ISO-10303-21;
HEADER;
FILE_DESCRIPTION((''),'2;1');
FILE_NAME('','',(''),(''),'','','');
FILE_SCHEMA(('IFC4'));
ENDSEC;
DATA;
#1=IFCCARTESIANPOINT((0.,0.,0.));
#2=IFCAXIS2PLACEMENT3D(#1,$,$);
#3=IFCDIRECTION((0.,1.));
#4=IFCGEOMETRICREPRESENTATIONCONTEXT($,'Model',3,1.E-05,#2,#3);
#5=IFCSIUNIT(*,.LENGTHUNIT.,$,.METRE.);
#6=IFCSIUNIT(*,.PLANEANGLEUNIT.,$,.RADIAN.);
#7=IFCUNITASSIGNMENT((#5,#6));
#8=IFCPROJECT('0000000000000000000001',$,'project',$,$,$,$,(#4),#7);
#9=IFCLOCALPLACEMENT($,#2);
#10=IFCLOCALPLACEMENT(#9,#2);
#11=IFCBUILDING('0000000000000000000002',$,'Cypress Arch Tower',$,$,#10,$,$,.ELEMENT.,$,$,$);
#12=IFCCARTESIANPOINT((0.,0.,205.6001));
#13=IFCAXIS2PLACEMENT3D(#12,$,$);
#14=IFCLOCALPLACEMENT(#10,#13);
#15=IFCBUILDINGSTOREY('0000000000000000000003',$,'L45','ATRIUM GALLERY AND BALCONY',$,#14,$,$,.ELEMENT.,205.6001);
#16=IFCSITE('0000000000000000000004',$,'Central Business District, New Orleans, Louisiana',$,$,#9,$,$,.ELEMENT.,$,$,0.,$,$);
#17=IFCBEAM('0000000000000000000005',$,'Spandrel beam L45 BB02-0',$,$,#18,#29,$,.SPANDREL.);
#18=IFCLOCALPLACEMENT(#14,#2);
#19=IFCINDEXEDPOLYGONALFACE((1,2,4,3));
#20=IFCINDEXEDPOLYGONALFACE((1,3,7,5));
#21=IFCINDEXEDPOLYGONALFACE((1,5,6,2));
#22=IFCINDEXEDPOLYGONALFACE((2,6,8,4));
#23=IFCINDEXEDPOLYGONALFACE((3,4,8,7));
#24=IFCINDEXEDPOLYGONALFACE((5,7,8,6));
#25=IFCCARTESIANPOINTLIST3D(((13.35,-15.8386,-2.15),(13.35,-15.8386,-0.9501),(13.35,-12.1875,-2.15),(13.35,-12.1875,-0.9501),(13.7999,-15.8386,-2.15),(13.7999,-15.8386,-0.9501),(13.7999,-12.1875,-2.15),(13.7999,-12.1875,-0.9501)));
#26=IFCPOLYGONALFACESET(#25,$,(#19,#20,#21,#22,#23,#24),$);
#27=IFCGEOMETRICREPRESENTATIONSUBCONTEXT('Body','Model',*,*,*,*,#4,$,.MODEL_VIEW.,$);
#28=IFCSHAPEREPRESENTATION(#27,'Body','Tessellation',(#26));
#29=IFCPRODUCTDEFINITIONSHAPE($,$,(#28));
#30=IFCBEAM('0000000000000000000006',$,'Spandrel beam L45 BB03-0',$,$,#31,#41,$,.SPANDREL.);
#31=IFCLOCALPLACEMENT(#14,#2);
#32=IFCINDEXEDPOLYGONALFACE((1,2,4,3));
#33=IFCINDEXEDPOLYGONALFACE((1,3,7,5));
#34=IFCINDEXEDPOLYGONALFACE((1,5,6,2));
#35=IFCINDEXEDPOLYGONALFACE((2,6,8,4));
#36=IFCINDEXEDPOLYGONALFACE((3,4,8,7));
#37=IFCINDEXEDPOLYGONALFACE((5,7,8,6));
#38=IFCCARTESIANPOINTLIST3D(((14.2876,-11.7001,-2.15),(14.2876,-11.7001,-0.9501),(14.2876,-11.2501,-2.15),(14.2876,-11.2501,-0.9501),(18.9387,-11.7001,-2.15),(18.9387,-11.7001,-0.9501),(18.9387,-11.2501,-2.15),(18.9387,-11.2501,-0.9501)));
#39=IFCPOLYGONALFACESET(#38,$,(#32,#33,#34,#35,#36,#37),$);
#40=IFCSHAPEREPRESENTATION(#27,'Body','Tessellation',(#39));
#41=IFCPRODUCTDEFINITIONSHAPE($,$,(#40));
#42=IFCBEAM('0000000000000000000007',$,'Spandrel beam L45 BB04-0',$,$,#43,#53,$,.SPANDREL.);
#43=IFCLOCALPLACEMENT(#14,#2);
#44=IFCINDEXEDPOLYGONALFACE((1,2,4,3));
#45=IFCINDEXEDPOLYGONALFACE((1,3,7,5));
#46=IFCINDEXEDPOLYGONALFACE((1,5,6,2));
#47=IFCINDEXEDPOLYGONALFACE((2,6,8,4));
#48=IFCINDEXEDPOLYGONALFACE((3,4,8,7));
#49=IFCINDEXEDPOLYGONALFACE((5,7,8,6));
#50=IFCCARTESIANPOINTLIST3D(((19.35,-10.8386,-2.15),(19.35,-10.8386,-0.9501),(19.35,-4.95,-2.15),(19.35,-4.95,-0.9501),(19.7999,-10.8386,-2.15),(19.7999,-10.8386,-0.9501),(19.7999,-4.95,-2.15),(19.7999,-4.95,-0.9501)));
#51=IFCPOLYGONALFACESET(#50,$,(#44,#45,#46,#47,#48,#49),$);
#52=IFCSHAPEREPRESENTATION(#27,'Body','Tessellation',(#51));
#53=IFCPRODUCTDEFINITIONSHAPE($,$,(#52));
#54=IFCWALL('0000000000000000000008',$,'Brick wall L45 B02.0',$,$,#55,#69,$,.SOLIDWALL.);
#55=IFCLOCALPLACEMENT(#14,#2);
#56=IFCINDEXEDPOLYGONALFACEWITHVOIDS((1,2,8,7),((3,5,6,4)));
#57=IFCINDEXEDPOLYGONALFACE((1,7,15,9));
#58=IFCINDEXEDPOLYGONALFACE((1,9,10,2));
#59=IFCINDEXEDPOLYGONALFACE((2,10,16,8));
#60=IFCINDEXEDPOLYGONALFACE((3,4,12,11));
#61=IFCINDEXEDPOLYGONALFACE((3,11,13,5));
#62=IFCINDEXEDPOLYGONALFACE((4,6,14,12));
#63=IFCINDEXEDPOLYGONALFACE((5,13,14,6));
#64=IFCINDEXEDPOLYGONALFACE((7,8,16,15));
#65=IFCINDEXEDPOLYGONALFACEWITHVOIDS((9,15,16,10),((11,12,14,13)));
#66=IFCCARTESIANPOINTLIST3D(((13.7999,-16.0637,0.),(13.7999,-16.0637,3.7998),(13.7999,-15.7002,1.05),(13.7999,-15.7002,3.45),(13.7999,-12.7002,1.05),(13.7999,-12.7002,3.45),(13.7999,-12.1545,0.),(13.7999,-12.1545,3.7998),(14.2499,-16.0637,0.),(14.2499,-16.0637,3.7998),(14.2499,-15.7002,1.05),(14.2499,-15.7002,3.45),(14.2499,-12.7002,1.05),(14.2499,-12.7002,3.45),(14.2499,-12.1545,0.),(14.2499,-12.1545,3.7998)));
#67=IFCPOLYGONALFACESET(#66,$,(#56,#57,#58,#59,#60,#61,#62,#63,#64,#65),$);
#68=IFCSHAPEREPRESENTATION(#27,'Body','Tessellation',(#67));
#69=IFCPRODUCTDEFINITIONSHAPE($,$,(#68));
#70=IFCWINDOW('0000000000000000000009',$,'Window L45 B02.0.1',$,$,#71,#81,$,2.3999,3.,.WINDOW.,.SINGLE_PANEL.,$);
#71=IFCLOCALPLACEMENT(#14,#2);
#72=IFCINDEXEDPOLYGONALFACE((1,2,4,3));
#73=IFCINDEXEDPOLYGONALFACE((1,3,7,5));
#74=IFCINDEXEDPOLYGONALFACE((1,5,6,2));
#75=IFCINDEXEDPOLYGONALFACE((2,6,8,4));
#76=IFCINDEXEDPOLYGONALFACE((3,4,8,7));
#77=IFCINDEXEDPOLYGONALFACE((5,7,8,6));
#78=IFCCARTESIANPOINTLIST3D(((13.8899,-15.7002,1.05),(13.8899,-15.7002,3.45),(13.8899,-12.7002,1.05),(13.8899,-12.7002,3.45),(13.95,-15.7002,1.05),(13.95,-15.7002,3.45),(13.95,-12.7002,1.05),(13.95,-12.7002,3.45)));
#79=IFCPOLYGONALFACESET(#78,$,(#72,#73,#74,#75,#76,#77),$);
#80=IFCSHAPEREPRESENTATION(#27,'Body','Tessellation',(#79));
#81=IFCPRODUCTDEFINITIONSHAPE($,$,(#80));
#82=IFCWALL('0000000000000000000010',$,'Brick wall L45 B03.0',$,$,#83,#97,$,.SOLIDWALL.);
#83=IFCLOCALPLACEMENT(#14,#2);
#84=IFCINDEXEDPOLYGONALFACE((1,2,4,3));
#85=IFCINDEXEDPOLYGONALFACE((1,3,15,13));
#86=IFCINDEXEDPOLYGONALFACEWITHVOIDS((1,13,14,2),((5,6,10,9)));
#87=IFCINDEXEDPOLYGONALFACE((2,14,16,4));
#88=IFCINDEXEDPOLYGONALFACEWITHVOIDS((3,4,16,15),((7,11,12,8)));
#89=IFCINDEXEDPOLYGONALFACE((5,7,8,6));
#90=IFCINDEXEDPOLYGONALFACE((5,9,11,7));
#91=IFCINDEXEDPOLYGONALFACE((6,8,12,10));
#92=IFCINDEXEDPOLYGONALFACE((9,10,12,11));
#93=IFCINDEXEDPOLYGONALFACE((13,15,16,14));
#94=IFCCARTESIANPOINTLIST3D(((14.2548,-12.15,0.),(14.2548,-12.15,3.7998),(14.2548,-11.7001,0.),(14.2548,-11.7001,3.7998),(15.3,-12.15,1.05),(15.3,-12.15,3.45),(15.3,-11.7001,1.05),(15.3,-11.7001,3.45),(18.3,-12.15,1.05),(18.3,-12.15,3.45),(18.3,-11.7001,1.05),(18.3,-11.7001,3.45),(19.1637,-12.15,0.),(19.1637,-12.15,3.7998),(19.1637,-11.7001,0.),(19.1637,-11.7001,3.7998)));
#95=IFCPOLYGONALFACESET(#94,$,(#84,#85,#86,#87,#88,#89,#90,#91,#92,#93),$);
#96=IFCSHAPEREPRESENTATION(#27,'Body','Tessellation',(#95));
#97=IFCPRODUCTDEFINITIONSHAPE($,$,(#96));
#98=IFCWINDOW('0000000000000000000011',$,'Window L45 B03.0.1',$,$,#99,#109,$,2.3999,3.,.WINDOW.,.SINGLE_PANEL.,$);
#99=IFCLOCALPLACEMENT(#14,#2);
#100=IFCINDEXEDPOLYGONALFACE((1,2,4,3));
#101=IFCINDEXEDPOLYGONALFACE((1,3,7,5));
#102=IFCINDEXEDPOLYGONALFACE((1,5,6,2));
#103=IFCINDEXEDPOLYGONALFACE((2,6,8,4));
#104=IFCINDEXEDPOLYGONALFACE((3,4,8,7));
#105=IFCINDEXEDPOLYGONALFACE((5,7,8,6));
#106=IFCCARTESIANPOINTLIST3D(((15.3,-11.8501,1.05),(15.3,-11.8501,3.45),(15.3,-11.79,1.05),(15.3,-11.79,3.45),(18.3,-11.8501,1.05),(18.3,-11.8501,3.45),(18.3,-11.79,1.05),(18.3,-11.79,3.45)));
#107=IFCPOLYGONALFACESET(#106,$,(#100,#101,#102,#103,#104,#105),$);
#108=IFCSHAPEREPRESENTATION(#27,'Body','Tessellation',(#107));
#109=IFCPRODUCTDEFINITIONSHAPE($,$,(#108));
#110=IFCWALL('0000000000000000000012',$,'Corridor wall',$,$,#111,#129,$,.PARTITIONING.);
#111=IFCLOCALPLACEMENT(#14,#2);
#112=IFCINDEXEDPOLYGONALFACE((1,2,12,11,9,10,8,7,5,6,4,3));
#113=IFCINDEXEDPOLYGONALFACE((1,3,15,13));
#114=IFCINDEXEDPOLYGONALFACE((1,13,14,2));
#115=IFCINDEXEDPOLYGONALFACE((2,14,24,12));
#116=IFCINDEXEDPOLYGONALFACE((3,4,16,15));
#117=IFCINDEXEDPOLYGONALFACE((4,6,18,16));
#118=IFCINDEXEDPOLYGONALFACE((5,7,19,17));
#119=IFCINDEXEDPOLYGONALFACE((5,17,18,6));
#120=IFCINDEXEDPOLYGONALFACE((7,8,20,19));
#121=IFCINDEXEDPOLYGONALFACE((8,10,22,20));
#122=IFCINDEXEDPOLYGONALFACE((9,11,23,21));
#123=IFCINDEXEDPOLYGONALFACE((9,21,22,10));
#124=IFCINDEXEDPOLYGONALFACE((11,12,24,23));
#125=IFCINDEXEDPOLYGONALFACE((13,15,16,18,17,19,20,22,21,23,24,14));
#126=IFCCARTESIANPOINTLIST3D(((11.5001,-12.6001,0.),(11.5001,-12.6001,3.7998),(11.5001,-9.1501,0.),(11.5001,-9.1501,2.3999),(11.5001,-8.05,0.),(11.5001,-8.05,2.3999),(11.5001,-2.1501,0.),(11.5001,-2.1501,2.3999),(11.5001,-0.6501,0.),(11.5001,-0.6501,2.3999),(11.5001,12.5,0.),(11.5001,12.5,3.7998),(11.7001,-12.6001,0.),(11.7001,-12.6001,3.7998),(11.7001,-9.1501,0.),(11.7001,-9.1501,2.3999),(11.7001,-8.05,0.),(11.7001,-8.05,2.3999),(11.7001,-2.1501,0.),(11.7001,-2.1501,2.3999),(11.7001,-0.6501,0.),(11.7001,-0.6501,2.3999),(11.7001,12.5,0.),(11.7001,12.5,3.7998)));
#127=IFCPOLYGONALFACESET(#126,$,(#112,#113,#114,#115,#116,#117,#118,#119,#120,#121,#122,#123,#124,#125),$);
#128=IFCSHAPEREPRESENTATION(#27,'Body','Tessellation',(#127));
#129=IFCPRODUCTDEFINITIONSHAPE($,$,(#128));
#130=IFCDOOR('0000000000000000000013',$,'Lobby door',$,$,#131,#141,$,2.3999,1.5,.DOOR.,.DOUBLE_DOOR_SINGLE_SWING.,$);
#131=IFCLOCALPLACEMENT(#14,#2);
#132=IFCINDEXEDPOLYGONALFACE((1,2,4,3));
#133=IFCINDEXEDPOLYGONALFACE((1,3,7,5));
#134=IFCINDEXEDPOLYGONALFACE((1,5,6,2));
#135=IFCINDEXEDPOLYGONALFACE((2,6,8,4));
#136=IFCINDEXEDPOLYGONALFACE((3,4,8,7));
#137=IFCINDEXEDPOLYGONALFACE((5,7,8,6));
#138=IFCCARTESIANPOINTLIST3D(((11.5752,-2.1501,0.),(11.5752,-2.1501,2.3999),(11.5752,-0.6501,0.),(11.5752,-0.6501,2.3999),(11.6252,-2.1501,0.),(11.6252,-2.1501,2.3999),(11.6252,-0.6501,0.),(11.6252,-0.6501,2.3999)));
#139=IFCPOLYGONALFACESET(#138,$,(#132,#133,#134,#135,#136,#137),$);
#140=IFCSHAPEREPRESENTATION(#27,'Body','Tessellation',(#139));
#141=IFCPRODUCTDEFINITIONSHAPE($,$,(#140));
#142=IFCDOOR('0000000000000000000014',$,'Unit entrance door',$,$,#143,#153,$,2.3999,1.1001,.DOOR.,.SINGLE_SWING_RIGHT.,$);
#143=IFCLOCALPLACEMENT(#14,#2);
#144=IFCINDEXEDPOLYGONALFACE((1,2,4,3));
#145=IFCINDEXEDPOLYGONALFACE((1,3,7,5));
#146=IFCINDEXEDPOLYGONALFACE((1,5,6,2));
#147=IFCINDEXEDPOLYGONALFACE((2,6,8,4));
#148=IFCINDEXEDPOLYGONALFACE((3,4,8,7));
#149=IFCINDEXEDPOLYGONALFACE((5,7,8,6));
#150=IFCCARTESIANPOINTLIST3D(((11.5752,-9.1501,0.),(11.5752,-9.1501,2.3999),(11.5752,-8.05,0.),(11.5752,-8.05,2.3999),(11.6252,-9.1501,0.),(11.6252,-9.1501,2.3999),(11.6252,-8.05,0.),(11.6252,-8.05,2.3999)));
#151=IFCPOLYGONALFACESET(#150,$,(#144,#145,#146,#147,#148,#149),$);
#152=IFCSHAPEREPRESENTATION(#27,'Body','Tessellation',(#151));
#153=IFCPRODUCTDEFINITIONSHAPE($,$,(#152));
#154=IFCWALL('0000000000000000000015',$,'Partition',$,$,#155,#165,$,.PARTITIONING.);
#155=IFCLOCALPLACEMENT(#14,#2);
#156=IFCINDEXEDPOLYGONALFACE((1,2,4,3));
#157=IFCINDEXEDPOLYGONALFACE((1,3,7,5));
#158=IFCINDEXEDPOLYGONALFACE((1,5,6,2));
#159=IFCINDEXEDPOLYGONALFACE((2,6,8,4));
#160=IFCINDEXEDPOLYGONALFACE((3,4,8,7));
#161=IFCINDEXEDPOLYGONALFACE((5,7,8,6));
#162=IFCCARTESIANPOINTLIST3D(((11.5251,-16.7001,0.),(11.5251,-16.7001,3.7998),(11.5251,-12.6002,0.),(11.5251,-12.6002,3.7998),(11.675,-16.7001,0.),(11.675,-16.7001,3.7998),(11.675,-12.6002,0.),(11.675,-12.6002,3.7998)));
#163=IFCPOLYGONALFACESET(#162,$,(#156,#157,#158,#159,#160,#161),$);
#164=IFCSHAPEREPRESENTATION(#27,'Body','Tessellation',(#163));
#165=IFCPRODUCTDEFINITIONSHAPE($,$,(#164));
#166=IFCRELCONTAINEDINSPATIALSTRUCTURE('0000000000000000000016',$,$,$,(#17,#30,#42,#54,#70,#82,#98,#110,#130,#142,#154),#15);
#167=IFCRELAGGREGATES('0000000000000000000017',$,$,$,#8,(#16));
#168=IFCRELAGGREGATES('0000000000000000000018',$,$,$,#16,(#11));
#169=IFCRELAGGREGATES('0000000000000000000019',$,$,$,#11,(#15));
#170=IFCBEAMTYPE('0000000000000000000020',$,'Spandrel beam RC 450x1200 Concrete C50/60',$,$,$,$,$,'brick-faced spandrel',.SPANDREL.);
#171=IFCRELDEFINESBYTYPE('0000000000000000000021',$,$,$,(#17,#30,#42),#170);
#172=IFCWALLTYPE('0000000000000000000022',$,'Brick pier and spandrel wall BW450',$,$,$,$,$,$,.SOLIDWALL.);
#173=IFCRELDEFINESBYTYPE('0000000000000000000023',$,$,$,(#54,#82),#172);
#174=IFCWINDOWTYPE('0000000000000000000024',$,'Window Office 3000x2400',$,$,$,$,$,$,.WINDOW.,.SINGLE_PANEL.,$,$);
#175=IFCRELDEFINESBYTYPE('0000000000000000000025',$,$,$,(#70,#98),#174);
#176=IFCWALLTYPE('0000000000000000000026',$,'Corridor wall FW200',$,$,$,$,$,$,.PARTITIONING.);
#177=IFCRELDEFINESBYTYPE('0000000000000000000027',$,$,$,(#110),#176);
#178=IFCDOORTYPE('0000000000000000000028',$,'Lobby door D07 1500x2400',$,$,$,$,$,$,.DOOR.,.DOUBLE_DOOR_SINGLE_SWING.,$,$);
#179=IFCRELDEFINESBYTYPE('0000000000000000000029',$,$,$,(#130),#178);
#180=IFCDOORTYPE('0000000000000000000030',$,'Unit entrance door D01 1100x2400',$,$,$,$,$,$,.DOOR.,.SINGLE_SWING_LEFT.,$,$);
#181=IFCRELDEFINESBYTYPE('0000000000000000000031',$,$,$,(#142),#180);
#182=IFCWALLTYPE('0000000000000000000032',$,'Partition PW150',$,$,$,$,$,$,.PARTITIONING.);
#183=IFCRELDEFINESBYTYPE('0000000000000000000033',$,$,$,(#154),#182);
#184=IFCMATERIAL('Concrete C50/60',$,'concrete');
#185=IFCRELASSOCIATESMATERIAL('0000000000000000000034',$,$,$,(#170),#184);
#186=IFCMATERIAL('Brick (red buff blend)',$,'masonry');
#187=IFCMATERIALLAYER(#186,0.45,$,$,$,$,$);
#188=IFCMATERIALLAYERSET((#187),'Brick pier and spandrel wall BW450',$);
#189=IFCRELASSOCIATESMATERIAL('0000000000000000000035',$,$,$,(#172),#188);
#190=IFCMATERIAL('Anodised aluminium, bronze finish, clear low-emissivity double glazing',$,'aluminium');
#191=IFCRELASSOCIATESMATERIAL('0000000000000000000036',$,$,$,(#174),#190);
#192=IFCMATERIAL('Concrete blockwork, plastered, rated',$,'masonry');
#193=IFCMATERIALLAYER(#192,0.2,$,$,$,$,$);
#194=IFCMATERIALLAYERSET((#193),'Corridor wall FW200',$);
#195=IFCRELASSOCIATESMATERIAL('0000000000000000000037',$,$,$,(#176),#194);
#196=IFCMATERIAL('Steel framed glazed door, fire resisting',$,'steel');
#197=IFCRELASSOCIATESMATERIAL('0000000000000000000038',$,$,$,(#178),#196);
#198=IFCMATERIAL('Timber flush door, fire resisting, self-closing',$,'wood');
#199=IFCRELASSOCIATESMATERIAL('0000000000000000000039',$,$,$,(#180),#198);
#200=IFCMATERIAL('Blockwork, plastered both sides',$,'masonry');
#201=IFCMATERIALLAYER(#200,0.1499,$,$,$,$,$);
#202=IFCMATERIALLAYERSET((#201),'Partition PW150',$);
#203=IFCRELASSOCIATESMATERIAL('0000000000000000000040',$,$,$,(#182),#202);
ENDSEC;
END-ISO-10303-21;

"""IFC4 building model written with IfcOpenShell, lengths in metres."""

from ifc_helpers import new_model, si_unit, direction, frame, frame_2d, origin, origin_2d, place, context, subcontext, project, spatial, rectangle, extrude, material, layer, layer_set, material_profile, profile_set, type_object, element, fill, save


model = new_model("IFC4")

# Units and contexts
model_context = context("Model", 3, precision=1e-05, world=origin(), true_north=direction((0.0, 1.0)))
body_context = subcontext(model_context, "Body", "Model", "MODEL_VIEW")
ifc_project = project(units=[si_unit("LENGTHUNIT", "METRE"), si_unit("PLANEANGLEUNIT", "RADIAN")], contexts=[model_context])

# Site, building, storey
site_placement = place(None, origin())
site = spatial("IfcSite", under=ifc_project, at=site_placement, Name="Central Business District, New Orleans, Louisiana", CompositionType="ELEMENT", RefElevation=0.0)
building_placement = place(site_placement, origin())
building = spatial("IfcBuilding", under=site, at=building_placement, Name="Cypress Arch Tower", CompositionType="ELEMENT")
storey_placement = place(building_placement, frame((0.0, 0.0, 205.6001)))
storey = spatial("IfcBuildingStorey", under=building, at=storey_placement, Name="L45", Description="ATRIUM GALLERY AND BALCONY", CompositionType="ELEMENT", Elevation=205.6001)

# Beams
ifc_material_1 = material(Name="Concrete C50/60", Category="concrete")
ifc_material_profile_1 = material_profile(ifc_material_1, rectangle(XDim=0.45, YDim=1.2, at=origin_2d()), Name="RC 450x1200")
ifc_profile_set_1 = profile_set([ifc_material_profile_1], Name="Concrete C50/60")
beam_type_1 = type_object("IfcBeamType", Name="Spandrel beam RC 450x1200 Concrete C50/60", ElementType="brick-faced spandrel", PredefinedType="SPANDREL", material=ifc_profile_set_1)
beam_1_placement = place(storey_placement, frame((13.575, -15.8386, -1.55), z_axis=(0.0, 1.0, 0.0), x_axis=(-1.0, 0.0, 0.0)))
element("IfcBeam", 1, at=beam_1_placement, inside=storey, type_object=beam_type_1, Name="Spandrel beam L45 BB02-0", PredefinedType="SPANDREL", context=body_context, shape_type="SweptSolid", body=[
    extrude(rectangle(XDim=0.45, YDim=1.2, at=origin_2d()), origin(), (0.0, 0.0, 1.0), 3.6511),
])
beam_2_placement = place(storey_placement, frame((14.2876, -11.4751, -1.55), z_axis=(1.0, 0.0, 0.0), x_axis=(0.0, 1.0, 0.0)))
element("IfcBeam", 2, at=beam_2_placement, inside=storey, type_object=beam_type_1, Name="Spandrel beam L45 BB03-0", PredefinedType="SPANDREL", context=body_context, shape_type="SweptSolid", body=[
    extrude(rectangle(XDim=0.45, YDim=1.2, at=origin_2d()), origin(), (0.0, 0.0, 1.0), 4.6511),
])
beam_3_placement = place(storey_placement, frame((19.575, -10.8386, -1.55), z_axis=(0.0, 1.0, 0.0), x_axis=(-1.0, 0.0, 0.0)))
element("IfcBeam", 3, at=beam_3_placement, inside=storey, type_object=beam_type_1, Name="Spandrel beam L45 BB04-0", PredefinedType="SPANDREL", context=body_context, shape_type="SweptSolid", body=[
    extrude(rectangle(XDim=0.45, YDim=1.2, at=origin_2d()), origin(), (0.0, 0.0, 1.0), 5.8887),
])

# Walls, openings, windows
ifc_material_2 = material(Name="Brick (red buff blend)", Category="masonry")
ifc_layer_1 = layer(ifc_material_2, 0.45)
ifc_layer_set_1 = layer_set([ifc_layer_1], Name="Brick pier and spandrel wall BW450")
wall_type_1 = type_object("IfcWallType", Name="Brick pier and spandrel wall BW450", PredefinedType="SOLIDWALL", material=ifc_layer_set_1)
wall_1_placement = place(storey_placement, frame((14.0249, -16.0637, 0.0), z_axis=(0.0, 0.0, 1.0), x_axis=(0.0, 1.0, 0.0)))
wall_1 = element("IfcWall", 4, at=wall_1_placement, inside=storey, type_object=wall_type_1, Name="Brick wall L45 B02.0", PredefinedType="SOLIDWALL", context=body_context, shape_type="SweptSolid", body=[
    extrude(rectangle(XDim=3.9092, YDim=0.45, at=frame_2d((1.9546, 0.0))), origin(), (0.0, 0.0, 1.0), 3.7998),
])
opening_1_placement = place(wall_1_placement, frame((0.3635, 0.0, 1.05)))
opening_1 = element("IfcOpeningElement", 5, at=opening_1_placement, cuts=wall_1, PredefinedType="OPENING", context=body_context, shape_type="SweptSolid", body=[
    extrude(rectangle(XDim=3.0, YDim=2.3999, at=frame_2d((1.5, 1.2))), frame((0.0, 0.2349, 0.0), z_axis=(0.0, -1.0, 0.0), x_axis=(1.0, 0.0, 0.0)), (0.0, 0.0, 1.0), 0.47),
])
ifc_material_3 = material(Name="Anodised aluminium, bronze finish, clear low-emissivity double glazing", Category="aluminium")
window_type = type_object("IfcWindowType", Name="Window Office 3000x2400", PartitioningType="SINGLE_PANEL", PredefinedType="WINDOW", material=ifc_material_3)
window_1_placement = place(opening_1_placement, origin())
window_1 = element("IfcWindow", 6, at=window_1_placement, inside=storey, type_object=window_type, Name="Window L45 B02.0.1", OverallHeight=2.3999, OverallWidth=3.0, PartitioningType="SINGLE_PANEL", PredefinedType="WINDOW", context=body_context, shape_type="SweptSolid", body=[
    extrude(rectangle(XDim=3.0, YDim=2.3999, at=frame_2d((1.5, 1.2))), frame((0.0, 0.135, 0.0), z_axis=(0.0, -1.0, 0.0), x_axis=(1.0, 0.0, 0.0)), (0.0, 0.0, 1.0), 0.0601),
])
fill(opening_1, window_1)
wall_2_placement = place(storey_placement, frame((14.2546, -11.925, 0.0), z_axis=(0.0, 0.0, 1.0), x_axis=(1.0, 0.0, 0.0)))
wall_2 = element("IfcWall", 7, at=wall_2_placement, inside=storey, type_object=wall_type_1, Name="Brick wall L45 B03.0", PredefinedType="SOLIDWALL", context=body_context, shape_type="SweptSolid", body=[
    extrude(rectangle(XDim=4.9089, YDim=0.45, at=frame_2d((2.4546, 0.0))), origin(), (0.0, 0.0, 1.0), 3.7998),
])
opening_2_placement = place(wall_2_placement, frame((1.0454, 0.0, 1.05)))
opening_2 = element("IfcOpeningElement", 8, at=opening_2_placement, cuts=wall_2, PredefinedType="OPENING", context=body_context, shape_type="SweptSolid", body=[
    extrude(rectangle(XDim=3.0, YDim=2.3999, at=frame_2d((1.5, 1.2))), frame((0.0, 0.2349, 0.0), z_axis=(0.0, -1.0, 0.0), x_axis=(1.0, 0.0, 0.0)), (0.0, 0.0, 1.0), 0.47),
])
window_2_placement = place(opening_2_placement, origin())
window_2 = element("IfcWindow", 9, at=window_2_placement, inside=storey, type_object=window_type, Name="Window L45 B03.0.1", OverallHeight=2.3999, OverallWidth=3.0, PartitioningType="SINGLE_PANEL", PredefinedType="WINDOW", context=body_context, shape_type="SweptSolid", body=[
    extrude(rectangle(XDim=3.0, YDim=2.3999, at=frame_2d((1.5, 1.2))), frame((0.0, 0.135, 0.0), z_axis=(0.0, -1.0, 0.0), x_axis=(1.0, 0.0, 0.0)), (0.0, 0.0, 1.0), 0.0601),
])
fill(opening_2, window_2)

# Wall, openings, doors
ifc_material_4 = material(Name="Concrete blockwork, plastered, rated", Category="masonry")
ifc_layer_2 = layer(ifc_material_4, 0.2)
ifc_layer_set_2 = layer_set([ifc_layer_2], Name="Corridor wall FW200")
wall_type_2 = type_object("IfcWallType", Name="Corridor wall FW200", PredefinedType="PARTITIONING", material=ifc_layer_set_2)
wall_3_placement = place(storey_placement, frame((11.6001, -12.6001, 0.0), z_axis=(0.0, 0.0, 1.0), x_axis=(0.0, 1.0, 0.0)))
wall_3 = element("IfcWall", 10, at=wall_3_placement, inside=storey, type_object=wall_type_2, Name="Corridor wall", PredefinedType="PARTITIONING", context=body_context, shape_type="SweptSolid", body=[
    extrude(rectangle(XDim=25.1001, YDim=0.2, at=frame_2d((12.55, 0.0))), origin(), (0.0, 0.0, 1.0), 3.7998),
])
opening_3_placement = place(wall_3_placement, frame((10.45, 0.0, 0.0)))
opening_3 = element("IfcOpeningElement", 11, at=opening_3_placement, cuts=wall_3, PredefinedType="OPENING", context=body_context, shape_type="SweptSolid", body=[
    extrude(rectangle(XDim=1.5, YDim=2.3999, at=frame_2d((0.75, 1.2))), frame((0.0, 0.1099, 0.0), z_axis=(0.0, -1.0, 0.0), x_axis=(1.0, 0.0, 0.0)), (0.0, 0.0, 1.0), 0.22),
])
opening_4_placement = place(wall_3_placement, frame((3.45, 0.0, 0.0)))
opening_4 = element("IfcOpeningElement", 12, at=opening_4_placement, cuts=wall_3, PredefinedType="OPENING", context=body_context, shape_type="SweptSolid", body=[
    extrude(rectangle(XDim=1.1001, YDim=2.3999, at=frame_2d((0.55, 1.2))), frame((0.0, 0.1099, 0.0), z_axis=(0.0, -1.0, 0.0), x_axis=(1.0, 0.0, 0.0)), (0.0, 0.0, 1.0), 0.22),
])
ifc_material_5 = material(Name="Steel framed glazed door, fire resisting", Category="steel")
door_type_1 = type_object("IfcDoorType", Name="Lobby door D07 1500x2400", OperationType="DOUBLE_DOOR_SINGLE_SWING", PredefinedType="DOOR", material=ifc_material_5)
door_1_placement = place(opening_3_placement, origin())
door_1 = element("IfcDoor", 13, at=door_1_placement, inside=storey, type_object=door_type_1, Name="Lobby door", OperationType="DOUBLE_DOOR_SINGLE_SWING", OverallHeight=2.3999, OverallWidth=1.5, PredefinedType="DOOR", context=body_context, shape_type="SweptSolid", body=[
    extrude(rectangle(XDim=1.5, YDim=2.3999, at=frame_2d((0.75, 1.2))), frame((0.0, 0.0249, 0.0), z_axis=(0.0, -1.0, 0.0), x_axis=(1.0, 0.0, 0.0)), (0.0, 0.0, 1.0), 0.05),
])
fill(opening_3, door_1)
ifc_material_6 = material(Name="Timber flush door, fire resisting, self-closing", Category="wood")
door_type_2 = type_object("IfcDoorType", Name="Unit entrance door D01 1100x2400", OperationType="SINGLE_SWING_LEFT", PredefinedType="DOOR", material=ifc_material_6)
door_2_placement = place(opening_4_placement, origin())
door_2 = element("IfcDoor", 14, at=door_2_placement, inside=storey, type_object=door_type_2, Name="Unit entrance door", OperationType="SINGLE_SWING_RIGHT", OverallHeight=2.3999, OverallWidth=1.1001, PredefinedType="DOOR", context=body_context, shape_type="SweptSolid", body=[
    extrude(rectangle(XDim=1.1001, YDim=2.3999, at=frame_2d((0.55, 1.2))), frame((0.0, 0.0249, 0.0), z_axis=(0.0, -1.0, 0.0), x_axis=(1.0, 0.0, 0.0)), (0.0, 0.0, 1.0), 0.05),
])
fill(opening_4, door_2)

# Wall
ifc_material_7 = material(Name="Blockwork, plastered both sides", Category="masonry")
ifc_layer_3 = layer(ifc_material_7, 0.1499)
ifc_layer_set_3 = layer_set([ifc_layer_3], Name="Partition PW150")
wall_type_3 = type_object("IfcWallType", Name="Partition PW150", PredefinedType="PARTITIONING", material=ifc_layer_set_3)
wall_4_placement = place(storey_placement, frame((11.6001, -16.7, 0.0), z_axis=(0.0, 0.0, 1.0), x_axis=(0.0, 1.0, 0.0)))
element("IfcWall", 15, at=wall_4_placement, inside=storey, type_object=wall_type_3, Name="Partition", PredefinedType="PARTITIONING", context=body_context, shape_type="SweptSolid", body=[
    extrude(rectangle(XDim=4.0999, YDim=0.1499, at=frame_2d((2.0498, 0.0))), origin(), (0.0, 0.0, 1.0), 3.7998),
])

save(model, "model.ifc")
